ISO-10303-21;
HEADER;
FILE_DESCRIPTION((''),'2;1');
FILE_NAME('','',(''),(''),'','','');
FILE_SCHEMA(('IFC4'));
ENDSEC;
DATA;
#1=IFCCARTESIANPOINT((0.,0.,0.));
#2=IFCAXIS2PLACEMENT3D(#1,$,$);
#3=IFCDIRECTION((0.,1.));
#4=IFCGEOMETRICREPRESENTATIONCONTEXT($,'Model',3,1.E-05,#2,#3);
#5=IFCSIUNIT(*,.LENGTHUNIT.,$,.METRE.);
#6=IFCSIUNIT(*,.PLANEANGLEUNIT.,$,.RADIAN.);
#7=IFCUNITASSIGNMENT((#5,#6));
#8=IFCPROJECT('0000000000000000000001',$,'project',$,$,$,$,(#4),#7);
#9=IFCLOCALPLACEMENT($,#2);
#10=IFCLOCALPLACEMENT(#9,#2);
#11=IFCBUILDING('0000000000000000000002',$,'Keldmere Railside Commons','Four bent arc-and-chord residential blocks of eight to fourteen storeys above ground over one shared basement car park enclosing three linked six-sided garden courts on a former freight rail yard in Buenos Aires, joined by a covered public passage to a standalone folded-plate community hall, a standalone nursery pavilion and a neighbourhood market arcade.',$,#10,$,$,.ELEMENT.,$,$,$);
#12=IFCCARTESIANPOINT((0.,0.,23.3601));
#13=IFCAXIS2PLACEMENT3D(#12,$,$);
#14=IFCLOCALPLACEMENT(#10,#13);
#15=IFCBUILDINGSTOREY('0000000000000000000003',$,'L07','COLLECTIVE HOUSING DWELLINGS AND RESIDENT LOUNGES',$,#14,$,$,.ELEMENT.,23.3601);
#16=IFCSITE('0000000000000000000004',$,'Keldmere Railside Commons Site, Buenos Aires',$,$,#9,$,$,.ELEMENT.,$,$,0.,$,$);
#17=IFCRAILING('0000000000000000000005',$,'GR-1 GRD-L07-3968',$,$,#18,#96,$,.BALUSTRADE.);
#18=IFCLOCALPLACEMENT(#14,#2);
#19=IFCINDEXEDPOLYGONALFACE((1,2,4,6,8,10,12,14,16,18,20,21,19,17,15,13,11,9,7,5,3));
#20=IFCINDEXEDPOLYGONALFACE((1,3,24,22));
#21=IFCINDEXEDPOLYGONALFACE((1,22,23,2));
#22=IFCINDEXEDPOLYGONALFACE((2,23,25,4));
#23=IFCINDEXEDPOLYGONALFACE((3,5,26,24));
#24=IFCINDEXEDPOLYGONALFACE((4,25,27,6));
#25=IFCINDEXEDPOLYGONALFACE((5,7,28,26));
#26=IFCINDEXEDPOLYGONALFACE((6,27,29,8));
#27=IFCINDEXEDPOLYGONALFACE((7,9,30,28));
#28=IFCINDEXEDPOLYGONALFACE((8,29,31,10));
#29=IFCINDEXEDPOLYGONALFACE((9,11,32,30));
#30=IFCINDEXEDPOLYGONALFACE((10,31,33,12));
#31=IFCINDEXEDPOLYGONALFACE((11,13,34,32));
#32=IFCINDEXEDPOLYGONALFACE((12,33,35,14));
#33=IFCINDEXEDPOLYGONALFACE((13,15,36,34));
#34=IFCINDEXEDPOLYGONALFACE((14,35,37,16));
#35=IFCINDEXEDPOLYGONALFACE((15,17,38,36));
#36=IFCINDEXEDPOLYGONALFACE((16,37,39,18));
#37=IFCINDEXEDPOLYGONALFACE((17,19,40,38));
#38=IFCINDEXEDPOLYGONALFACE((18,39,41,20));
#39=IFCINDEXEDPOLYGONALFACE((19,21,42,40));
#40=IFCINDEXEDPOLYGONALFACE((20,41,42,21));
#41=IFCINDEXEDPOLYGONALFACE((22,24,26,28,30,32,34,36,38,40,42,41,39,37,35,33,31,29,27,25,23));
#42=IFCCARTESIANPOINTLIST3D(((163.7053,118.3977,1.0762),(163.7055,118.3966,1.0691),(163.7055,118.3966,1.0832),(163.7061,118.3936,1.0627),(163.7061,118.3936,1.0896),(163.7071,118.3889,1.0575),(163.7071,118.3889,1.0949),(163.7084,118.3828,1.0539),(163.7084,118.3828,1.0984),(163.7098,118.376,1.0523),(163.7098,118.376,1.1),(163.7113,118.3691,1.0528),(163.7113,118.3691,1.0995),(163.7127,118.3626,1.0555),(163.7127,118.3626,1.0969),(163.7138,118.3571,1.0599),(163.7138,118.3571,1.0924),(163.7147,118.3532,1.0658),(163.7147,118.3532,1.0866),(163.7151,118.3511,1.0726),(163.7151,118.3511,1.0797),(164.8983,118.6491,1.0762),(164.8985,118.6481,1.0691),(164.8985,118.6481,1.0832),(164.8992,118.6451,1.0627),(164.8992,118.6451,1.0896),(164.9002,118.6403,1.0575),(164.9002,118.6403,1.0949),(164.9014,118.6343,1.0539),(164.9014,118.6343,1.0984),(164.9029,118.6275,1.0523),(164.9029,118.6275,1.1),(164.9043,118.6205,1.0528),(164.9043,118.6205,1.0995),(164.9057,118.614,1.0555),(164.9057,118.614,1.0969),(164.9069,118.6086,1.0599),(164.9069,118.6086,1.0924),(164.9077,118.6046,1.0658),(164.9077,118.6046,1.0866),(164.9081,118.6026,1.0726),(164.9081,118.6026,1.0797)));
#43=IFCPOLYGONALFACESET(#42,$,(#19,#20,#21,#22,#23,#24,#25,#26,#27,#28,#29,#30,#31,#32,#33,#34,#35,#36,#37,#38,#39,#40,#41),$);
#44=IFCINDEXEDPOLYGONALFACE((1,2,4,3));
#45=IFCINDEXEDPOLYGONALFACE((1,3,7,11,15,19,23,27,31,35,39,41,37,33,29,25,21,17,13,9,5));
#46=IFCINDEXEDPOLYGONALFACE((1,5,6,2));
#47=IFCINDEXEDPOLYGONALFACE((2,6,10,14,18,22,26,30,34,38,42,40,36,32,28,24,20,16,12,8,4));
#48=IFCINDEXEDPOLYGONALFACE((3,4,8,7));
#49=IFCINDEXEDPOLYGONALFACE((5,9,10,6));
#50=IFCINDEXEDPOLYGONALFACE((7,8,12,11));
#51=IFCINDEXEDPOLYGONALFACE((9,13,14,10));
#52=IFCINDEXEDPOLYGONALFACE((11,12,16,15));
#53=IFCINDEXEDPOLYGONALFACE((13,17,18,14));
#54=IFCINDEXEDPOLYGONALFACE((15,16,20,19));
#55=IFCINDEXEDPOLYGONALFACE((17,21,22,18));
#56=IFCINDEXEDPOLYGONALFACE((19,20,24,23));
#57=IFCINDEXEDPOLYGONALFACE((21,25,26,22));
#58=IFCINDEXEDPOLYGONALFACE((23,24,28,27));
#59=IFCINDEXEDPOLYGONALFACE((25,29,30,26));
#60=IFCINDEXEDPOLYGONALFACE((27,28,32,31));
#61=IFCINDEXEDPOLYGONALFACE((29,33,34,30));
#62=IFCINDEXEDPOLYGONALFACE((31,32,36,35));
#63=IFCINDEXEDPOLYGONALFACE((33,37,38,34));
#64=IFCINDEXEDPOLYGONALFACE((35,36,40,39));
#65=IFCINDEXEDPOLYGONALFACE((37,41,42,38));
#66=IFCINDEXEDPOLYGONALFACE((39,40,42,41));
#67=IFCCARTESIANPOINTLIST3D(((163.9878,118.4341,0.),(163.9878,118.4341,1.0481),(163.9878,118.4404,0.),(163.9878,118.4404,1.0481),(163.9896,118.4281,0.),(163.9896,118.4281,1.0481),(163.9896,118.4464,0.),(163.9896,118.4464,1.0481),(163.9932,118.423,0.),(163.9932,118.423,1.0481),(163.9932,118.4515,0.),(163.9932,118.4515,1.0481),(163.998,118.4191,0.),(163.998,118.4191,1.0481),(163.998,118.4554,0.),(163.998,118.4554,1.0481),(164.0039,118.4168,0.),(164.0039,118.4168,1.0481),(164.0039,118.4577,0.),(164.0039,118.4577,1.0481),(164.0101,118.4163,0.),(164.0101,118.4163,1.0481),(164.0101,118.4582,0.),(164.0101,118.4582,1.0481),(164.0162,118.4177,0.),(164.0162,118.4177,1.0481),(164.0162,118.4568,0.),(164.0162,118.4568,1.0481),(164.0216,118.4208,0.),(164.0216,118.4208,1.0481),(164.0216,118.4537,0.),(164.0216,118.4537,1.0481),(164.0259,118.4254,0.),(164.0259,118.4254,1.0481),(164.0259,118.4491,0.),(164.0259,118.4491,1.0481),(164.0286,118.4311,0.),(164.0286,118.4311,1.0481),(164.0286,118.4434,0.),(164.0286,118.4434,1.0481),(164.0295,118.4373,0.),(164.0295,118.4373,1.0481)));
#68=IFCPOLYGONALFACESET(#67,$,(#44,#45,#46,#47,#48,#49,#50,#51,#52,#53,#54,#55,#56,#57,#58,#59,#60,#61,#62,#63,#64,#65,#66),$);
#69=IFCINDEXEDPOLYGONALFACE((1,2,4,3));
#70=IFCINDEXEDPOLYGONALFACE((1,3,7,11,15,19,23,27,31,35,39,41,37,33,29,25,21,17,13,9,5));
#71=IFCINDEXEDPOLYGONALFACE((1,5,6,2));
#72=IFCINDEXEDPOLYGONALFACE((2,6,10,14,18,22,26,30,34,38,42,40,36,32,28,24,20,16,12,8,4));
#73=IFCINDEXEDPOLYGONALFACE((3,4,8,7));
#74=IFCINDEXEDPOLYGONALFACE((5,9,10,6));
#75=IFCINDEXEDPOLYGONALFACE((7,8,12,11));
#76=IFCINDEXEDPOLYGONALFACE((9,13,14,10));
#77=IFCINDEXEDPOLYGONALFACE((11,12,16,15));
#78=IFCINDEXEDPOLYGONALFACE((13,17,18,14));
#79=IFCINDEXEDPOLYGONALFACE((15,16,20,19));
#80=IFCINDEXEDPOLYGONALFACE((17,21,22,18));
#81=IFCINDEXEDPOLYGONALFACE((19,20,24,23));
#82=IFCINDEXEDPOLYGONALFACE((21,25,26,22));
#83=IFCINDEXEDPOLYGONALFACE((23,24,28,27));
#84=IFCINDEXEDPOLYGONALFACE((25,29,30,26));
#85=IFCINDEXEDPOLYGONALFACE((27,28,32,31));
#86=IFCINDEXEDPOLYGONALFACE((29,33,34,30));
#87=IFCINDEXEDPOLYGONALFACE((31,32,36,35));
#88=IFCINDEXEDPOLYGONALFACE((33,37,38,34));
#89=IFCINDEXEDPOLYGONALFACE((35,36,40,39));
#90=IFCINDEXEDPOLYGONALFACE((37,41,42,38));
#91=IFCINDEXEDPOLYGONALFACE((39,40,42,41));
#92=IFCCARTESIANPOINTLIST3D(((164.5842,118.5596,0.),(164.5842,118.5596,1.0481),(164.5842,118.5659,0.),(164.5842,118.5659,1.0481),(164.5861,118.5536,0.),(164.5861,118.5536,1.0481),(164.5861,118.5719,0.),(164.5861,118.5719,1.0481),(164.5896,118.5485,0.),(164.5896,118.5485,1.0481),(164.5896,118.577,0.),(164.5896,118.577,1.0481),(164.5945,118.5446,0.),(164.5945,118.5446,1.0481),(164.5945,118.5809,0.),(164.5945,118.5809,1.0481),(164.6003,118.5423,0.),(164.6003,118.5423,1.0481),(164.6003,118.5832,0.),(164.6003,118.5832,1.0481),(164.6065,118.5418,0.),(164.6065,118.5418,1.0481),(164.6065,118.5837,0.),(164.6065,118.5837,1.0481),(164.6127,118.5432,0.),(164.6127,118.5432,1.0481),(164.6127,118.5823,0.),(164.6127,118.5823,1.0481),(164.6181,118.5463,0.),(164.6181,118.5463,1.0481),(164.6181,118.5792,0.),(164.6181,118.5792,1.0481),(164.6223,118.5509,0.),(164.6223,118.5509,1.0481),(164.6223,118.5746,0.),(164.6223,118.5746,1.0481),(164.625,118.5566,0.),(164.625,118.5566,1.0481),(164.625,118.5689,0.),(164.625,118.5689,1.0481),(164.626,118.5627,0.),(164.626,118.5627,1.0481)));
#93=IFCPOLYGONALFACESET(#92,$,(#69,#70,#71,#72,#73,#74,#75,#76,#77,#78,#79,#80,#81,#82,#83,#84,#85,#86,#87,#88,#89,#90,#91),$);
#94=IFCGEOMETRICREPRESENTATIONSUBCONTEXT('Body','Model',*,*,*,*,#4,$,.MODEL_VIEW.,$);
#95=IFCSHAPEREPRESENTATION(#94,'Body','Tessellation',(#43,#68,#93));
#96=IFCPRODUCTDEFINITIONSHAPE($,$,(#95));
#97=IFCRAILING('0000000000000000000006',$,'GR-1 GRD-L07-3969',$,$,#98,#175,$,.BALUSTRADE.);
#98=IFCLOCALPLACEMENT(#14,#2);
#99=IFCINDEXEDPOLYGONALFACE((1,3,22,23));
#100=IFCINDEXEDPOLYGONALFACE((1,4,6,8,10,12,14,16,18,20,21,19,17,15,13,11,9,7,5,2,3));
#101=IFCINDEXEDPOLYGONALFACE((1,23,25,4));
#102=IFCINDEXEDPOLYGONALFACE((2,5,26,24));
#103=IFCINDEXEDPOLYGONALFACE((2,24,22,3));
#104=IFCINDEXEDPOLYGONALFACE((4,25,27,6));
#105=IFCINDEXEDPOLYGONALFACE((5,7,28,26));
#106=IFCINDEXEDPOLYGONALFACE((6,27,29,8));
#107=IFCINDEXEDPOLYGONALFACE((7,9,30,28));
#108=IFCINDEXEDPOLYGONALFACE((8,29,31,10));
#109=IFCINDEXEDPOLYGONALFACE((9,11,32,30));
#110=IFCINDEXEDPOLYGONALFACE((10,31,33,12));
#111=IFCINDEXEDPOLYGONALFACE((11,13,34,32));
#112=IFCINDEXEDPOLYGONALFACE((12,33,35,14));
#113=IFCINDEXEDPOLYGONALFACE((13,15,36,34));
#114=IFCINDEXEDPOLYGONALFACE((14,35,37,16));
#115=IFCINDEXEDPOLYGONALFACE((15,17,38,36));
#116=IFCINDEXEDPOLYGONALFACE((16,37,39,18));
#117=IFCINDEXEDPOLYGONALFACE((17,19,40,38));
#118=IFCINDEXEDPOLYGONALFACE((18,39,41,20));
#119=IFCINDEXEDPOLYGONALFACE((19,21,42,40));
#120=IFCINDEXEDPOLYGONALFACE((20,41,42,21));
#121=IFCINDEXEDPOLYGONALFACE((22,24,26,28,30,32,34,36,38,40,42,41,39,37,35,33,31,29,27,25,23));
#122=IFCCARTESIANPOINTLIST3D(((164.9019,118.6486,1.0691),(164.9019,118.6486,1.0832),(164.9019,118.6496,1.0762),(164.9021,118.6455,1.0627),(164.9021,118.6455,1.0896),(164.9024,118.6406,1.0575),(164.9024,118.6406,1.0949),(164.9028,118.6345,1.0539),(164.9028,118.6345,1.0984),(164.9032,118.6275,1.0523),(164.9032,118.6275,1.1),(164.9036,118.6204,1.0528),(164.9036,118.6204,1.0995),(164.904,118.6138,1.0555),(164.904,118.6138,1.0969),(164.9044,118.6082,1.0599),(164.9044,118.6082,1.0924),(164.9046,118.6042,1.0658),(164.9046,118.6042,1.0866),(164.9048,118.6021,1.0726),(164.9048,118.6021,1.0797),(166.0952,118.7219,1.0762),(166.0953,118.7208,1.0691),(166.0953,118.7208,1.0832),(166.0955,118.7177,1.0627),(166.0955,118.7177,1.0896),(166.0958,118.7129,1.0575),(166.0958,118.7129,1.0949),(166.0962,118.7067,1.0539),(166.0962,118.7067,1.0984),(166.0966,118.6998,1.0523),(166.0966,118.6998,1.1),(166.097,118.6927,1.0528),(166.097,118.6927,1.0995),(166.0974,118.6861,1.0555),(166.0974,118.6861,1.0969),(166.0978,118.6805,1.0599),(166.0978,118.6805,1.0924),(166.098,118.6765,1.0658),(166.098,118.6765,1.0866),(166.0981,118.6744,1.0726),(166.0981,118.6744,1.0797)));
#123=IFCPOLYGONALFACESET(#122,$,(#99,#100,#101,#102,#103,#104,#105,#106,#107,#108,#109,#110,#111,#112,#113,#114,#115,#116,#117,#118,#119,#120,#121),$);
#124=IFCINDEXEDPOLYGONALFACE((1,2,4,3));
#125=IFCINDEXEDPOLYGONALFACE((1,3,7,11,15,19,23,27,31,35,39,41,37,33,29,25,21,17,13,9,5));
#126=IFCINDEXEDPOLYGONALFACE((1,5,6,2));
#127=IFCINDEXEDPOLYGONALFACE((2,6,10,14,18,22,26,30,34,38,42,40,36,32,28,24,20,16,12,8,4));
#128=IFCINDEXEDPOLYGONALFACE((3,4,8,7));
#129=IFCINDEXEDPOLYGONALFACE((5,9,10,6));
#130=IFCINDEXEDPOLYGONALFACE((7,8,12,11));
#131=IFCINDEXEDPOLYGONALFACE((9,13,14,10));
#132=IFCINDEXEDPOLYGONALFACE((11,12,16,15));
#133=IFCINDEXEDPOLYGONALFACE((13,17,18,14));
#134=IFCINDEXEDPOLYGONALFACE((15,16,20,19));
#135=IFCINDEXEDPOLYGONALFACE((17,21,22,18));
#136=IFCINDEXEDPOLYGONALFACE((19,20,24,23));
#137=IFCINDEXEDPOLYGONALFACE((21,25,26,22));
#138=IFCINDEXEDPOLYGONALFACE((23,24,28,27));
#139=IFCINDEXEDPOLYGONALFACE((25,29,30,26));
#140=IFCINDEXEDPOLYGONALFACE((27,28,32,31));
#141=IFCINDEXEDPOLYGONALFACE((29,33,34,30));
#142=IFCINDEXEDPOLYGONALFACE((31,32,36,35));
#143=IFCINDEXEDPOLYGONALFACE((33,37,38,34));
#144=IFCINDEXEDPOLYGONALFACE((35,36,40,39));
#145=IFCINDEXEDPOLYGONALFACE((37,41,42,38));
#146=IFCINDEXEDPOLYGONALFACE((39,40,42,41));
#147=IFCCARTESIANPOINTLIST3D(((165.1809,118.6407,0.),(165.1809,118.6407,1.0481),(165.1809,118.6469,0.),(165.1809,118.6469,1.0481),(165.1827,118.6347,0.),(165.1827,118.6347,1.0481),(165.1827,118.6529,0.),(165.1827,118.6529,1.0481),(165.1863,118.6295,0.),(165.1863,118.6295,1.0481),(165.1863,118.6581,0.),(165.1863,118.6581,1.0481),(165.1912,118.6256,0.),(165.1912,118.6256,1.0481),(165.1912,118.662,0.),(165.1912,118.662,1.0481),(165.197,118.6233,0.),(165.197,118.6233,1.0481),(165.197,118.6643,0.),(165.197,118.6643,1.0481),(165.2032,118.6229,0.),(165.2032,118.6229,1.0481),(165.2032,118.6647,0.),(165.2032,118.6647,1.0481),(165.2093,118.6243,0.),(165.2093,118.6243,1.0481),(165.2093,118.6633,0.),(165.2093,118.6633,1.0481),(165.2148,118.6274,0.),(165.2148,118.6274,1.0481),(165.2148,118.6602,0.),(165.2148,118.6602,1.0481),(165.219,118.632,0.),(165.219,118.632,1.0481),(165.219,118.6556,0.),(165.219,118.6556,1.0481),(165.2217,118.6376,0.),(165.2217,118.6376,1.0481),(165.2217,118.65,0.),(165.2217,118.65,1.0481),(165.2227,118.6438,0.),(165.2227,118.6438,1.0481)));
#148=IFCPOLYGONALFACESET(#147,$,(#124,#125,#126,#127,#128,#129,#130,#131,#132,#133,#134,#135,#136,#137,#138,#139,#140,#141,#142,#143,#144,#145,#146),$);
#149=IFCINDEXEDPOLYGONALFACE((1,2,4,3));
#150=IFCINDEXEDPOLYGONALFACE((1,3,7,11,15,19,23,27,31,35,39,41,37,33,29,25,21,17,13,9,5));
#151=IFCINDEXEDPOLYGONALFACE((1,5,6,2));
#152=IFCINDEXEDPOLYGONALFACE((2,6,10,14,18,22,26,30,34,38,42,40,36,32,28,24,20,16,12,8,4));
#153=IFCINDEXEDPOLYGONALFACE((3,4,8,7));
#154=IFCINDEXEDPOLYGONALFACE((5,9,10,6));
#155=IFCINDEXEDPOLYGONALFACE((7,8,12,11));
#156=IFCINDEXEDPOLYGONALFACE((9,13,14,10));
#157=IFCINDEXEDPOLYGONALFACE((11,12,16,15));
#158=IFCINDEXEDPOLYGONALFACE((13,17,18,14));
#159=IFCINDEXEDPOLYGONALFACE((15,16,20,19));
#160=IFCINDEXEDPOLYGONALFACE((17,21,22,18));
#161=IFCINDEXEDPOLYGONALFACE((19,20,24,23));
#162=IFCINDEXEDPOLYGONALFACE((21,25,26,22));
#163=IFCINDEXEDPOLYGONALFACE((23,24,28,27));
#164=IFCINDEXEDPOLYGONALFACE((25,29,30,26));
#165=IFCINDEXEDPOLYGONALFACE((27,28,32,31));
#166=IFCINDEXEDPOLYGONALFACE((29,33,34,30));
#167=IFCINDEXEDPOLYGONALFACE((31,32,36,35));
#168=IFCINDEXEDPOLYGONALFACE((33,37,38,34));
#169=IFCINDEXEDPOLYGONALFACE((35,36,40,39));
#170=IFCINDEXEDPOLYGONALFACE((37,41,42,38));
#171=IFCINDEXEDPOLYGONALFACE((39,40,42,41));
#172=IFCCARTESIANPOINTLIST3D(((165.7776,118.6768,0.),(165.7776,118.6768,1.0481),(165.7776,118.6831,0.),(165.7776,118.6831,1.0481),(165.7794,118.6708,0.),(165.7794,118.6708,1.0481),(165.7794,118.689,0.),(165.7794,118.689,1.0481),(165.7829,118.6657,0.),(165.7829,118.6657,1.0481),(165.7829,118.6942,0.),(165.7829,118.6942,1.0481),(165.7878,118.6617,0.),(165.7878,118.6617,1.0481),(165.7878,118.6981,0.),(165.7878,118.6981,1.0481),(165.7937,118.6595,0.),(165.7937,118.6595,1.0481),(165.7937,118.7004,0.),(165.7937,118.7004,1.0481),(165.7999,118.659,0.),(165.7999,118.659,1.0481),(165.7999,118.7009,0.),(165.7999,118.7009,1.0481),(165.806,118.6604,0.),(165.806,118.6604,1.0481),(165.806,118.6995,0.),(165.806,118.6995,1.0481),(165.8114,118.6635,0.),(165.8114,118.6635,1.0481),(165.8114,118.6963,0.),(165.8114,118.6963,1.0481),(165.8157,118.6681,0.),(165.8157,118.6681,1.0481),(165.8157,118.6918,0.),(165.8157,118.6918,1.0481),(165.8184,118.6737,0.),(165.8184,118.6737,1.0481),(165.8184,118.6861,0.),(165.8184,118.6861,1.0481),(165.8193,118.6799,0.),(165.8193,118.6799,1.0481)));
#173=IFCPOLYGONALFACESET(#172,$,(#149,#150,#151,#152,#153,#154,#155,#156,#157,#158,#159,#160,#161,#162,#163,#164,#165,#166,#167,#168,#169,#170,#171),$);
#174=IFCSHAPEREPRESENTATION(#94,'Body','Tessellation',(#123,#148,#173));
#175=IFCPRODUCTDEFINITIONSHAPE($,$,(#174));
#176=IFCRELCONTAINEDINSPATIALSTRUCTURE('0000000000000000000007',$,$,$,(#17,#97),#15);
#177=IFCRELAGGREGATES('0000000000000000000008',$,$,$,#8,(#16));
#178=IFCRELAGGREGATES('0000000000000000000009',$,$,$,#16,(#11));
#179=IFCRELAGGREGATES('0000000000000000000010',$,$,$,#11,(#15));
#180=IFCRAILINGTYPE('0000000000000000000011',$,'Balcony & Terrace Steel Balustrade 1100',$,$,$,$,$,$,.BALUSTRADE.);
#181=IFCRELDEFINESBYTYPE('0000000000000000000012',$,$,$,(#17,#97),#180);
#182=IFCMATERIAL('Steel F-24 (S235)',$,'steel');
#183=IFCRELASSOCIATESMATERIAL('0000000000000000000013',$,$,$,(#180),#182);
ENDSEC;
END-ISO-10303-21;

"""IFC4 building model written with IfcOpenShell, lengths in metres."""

from ifc_helpers import new_model, si_unit, direction, frame, origin, origin_2d, place, context, subcontext, project, spatial, circle, extrude, material, type_object, element, save


model = new_model("IFC4")

# Units and contexts
model_context = context("Model", 3, precision=1e-05, world=origin(), true_north=direction((0.0, 1.0)))
body_context = subcontext(model_context, "Body", "Model", "MODEL_VIEW")
ifc_project = project(units=[si_unit("LENGTHUNIT", "METRE"), si_unit("PLANEANGLEUNIT", "RADIAN")], contexts=[model_context])

# Site, building, storey
site_placement = place(None, origin())
site = spatial("IfcSite", under=ifc_project, at=site_placement, Name="Keldmere Railside Commons Site, Buenos Aires", CompositionType="ELEMENT", RefElevation=0.0)
building_placement = place(site_placement, origin())
building = spatial("IfcBuilding", under=site, at=building_placement, Name="Keldmere Railside Commons", Description="Four bent arc-and-chord residential blocks of eight to fourteen storeys above ground over one shared basement car park enclosing three linked six-sided garden courts on a former freight rail yard in Buenos Aires, joined by a covered public passage to a standalone folded-plate community hall, a standalone nursery pavilion and a neighbourhood market arcade.", CompositionType="ELEMENT")
storey_placement = place(building_placement, frame((0.0, 0.0, 23.3601)))
storey = spatial("IfcBuildingStorey", under=building, at=storey_placement, Name="L07", Description="COLLECTIVE HOUSING DWELLINGS AND RESIDENT LOUNGES", CompositionType="ELEMENT", Elevation=23.3601)

# Railings
ifc_material_1 = material(Name="Steel F-24 (S235)", Category="steel")
railing_type = type_object("IfcRailingType", Name="Balcony & Terrace Steel Balustrade 1100", PredefinedType="BALUSTRADE", material=ifc_material_1)
railing_1_placement = place(storey_placement, frame((163.7102, 118.3743, 0.0)))
element("IfcRailing", 1, at=railing_1_placement, inside=storey, type_object=railing_type, Name="GR-1 GRD-L07-3968", PredefinedType="BALUSTRADE", context=body_context, shape_type="SweptSolid", body=[
    extrude(circle(Radius=0.0239, at=origin_2d()), frame((0.0, 0.0, 1.0762), z_axis=(0.978503, 0.206232, 0.0), x_axis=(-0.206232, 0.978503, 0.0)), (0.0, 0.0, 1.0), 1.2192),
    extrude(circle(Radius=0.021, at=origin_2d()), frame((0.2983, 0.063, 0.0)), (0.0, 0.0, 1.0), 1.0481),
    extrude(circle(Radius=0.021, at=origin_2d()), frame((0.8948, 0.1885, 0.0)), (0.0, 0.0, 1.0), 1.0481),
])
railing_2_placement = place(storey_placement, frame((164.9033, 118.6257, 0.0)))
element("IfcRailing", 2, at=railing_2_placement, inside=storey, type_object=railing_type, Name="GR-1 GRD-L07-3969", PredefinedType="BALUSTRADE", context=body_context, shape_type="SweptSolid", body=[
    extrude(circle(Radius=0.0239, at=origin_2d()), frame((0.0, 0.0, 1.0762), z_axis=(0.998171, 0.060446, 0.0), x_axis=(-0.060446, 0.998171, 0.0)), (0.0, 0.0, 1.0), 1.1956),
    extrude(circle(Radius=0.021, at=origin_2d()), frame((0.2983, 0.0181, 0.0)), (0.0, 0.0, 1.0), 1.0481),
    extrude(circle(Radius=0.021, at=origin_2d()), frame((0.895, 0.0542, 0.0)), (0.0, 0.0, 1.0), 1.0481),
])

save(model, "model.ifc")
